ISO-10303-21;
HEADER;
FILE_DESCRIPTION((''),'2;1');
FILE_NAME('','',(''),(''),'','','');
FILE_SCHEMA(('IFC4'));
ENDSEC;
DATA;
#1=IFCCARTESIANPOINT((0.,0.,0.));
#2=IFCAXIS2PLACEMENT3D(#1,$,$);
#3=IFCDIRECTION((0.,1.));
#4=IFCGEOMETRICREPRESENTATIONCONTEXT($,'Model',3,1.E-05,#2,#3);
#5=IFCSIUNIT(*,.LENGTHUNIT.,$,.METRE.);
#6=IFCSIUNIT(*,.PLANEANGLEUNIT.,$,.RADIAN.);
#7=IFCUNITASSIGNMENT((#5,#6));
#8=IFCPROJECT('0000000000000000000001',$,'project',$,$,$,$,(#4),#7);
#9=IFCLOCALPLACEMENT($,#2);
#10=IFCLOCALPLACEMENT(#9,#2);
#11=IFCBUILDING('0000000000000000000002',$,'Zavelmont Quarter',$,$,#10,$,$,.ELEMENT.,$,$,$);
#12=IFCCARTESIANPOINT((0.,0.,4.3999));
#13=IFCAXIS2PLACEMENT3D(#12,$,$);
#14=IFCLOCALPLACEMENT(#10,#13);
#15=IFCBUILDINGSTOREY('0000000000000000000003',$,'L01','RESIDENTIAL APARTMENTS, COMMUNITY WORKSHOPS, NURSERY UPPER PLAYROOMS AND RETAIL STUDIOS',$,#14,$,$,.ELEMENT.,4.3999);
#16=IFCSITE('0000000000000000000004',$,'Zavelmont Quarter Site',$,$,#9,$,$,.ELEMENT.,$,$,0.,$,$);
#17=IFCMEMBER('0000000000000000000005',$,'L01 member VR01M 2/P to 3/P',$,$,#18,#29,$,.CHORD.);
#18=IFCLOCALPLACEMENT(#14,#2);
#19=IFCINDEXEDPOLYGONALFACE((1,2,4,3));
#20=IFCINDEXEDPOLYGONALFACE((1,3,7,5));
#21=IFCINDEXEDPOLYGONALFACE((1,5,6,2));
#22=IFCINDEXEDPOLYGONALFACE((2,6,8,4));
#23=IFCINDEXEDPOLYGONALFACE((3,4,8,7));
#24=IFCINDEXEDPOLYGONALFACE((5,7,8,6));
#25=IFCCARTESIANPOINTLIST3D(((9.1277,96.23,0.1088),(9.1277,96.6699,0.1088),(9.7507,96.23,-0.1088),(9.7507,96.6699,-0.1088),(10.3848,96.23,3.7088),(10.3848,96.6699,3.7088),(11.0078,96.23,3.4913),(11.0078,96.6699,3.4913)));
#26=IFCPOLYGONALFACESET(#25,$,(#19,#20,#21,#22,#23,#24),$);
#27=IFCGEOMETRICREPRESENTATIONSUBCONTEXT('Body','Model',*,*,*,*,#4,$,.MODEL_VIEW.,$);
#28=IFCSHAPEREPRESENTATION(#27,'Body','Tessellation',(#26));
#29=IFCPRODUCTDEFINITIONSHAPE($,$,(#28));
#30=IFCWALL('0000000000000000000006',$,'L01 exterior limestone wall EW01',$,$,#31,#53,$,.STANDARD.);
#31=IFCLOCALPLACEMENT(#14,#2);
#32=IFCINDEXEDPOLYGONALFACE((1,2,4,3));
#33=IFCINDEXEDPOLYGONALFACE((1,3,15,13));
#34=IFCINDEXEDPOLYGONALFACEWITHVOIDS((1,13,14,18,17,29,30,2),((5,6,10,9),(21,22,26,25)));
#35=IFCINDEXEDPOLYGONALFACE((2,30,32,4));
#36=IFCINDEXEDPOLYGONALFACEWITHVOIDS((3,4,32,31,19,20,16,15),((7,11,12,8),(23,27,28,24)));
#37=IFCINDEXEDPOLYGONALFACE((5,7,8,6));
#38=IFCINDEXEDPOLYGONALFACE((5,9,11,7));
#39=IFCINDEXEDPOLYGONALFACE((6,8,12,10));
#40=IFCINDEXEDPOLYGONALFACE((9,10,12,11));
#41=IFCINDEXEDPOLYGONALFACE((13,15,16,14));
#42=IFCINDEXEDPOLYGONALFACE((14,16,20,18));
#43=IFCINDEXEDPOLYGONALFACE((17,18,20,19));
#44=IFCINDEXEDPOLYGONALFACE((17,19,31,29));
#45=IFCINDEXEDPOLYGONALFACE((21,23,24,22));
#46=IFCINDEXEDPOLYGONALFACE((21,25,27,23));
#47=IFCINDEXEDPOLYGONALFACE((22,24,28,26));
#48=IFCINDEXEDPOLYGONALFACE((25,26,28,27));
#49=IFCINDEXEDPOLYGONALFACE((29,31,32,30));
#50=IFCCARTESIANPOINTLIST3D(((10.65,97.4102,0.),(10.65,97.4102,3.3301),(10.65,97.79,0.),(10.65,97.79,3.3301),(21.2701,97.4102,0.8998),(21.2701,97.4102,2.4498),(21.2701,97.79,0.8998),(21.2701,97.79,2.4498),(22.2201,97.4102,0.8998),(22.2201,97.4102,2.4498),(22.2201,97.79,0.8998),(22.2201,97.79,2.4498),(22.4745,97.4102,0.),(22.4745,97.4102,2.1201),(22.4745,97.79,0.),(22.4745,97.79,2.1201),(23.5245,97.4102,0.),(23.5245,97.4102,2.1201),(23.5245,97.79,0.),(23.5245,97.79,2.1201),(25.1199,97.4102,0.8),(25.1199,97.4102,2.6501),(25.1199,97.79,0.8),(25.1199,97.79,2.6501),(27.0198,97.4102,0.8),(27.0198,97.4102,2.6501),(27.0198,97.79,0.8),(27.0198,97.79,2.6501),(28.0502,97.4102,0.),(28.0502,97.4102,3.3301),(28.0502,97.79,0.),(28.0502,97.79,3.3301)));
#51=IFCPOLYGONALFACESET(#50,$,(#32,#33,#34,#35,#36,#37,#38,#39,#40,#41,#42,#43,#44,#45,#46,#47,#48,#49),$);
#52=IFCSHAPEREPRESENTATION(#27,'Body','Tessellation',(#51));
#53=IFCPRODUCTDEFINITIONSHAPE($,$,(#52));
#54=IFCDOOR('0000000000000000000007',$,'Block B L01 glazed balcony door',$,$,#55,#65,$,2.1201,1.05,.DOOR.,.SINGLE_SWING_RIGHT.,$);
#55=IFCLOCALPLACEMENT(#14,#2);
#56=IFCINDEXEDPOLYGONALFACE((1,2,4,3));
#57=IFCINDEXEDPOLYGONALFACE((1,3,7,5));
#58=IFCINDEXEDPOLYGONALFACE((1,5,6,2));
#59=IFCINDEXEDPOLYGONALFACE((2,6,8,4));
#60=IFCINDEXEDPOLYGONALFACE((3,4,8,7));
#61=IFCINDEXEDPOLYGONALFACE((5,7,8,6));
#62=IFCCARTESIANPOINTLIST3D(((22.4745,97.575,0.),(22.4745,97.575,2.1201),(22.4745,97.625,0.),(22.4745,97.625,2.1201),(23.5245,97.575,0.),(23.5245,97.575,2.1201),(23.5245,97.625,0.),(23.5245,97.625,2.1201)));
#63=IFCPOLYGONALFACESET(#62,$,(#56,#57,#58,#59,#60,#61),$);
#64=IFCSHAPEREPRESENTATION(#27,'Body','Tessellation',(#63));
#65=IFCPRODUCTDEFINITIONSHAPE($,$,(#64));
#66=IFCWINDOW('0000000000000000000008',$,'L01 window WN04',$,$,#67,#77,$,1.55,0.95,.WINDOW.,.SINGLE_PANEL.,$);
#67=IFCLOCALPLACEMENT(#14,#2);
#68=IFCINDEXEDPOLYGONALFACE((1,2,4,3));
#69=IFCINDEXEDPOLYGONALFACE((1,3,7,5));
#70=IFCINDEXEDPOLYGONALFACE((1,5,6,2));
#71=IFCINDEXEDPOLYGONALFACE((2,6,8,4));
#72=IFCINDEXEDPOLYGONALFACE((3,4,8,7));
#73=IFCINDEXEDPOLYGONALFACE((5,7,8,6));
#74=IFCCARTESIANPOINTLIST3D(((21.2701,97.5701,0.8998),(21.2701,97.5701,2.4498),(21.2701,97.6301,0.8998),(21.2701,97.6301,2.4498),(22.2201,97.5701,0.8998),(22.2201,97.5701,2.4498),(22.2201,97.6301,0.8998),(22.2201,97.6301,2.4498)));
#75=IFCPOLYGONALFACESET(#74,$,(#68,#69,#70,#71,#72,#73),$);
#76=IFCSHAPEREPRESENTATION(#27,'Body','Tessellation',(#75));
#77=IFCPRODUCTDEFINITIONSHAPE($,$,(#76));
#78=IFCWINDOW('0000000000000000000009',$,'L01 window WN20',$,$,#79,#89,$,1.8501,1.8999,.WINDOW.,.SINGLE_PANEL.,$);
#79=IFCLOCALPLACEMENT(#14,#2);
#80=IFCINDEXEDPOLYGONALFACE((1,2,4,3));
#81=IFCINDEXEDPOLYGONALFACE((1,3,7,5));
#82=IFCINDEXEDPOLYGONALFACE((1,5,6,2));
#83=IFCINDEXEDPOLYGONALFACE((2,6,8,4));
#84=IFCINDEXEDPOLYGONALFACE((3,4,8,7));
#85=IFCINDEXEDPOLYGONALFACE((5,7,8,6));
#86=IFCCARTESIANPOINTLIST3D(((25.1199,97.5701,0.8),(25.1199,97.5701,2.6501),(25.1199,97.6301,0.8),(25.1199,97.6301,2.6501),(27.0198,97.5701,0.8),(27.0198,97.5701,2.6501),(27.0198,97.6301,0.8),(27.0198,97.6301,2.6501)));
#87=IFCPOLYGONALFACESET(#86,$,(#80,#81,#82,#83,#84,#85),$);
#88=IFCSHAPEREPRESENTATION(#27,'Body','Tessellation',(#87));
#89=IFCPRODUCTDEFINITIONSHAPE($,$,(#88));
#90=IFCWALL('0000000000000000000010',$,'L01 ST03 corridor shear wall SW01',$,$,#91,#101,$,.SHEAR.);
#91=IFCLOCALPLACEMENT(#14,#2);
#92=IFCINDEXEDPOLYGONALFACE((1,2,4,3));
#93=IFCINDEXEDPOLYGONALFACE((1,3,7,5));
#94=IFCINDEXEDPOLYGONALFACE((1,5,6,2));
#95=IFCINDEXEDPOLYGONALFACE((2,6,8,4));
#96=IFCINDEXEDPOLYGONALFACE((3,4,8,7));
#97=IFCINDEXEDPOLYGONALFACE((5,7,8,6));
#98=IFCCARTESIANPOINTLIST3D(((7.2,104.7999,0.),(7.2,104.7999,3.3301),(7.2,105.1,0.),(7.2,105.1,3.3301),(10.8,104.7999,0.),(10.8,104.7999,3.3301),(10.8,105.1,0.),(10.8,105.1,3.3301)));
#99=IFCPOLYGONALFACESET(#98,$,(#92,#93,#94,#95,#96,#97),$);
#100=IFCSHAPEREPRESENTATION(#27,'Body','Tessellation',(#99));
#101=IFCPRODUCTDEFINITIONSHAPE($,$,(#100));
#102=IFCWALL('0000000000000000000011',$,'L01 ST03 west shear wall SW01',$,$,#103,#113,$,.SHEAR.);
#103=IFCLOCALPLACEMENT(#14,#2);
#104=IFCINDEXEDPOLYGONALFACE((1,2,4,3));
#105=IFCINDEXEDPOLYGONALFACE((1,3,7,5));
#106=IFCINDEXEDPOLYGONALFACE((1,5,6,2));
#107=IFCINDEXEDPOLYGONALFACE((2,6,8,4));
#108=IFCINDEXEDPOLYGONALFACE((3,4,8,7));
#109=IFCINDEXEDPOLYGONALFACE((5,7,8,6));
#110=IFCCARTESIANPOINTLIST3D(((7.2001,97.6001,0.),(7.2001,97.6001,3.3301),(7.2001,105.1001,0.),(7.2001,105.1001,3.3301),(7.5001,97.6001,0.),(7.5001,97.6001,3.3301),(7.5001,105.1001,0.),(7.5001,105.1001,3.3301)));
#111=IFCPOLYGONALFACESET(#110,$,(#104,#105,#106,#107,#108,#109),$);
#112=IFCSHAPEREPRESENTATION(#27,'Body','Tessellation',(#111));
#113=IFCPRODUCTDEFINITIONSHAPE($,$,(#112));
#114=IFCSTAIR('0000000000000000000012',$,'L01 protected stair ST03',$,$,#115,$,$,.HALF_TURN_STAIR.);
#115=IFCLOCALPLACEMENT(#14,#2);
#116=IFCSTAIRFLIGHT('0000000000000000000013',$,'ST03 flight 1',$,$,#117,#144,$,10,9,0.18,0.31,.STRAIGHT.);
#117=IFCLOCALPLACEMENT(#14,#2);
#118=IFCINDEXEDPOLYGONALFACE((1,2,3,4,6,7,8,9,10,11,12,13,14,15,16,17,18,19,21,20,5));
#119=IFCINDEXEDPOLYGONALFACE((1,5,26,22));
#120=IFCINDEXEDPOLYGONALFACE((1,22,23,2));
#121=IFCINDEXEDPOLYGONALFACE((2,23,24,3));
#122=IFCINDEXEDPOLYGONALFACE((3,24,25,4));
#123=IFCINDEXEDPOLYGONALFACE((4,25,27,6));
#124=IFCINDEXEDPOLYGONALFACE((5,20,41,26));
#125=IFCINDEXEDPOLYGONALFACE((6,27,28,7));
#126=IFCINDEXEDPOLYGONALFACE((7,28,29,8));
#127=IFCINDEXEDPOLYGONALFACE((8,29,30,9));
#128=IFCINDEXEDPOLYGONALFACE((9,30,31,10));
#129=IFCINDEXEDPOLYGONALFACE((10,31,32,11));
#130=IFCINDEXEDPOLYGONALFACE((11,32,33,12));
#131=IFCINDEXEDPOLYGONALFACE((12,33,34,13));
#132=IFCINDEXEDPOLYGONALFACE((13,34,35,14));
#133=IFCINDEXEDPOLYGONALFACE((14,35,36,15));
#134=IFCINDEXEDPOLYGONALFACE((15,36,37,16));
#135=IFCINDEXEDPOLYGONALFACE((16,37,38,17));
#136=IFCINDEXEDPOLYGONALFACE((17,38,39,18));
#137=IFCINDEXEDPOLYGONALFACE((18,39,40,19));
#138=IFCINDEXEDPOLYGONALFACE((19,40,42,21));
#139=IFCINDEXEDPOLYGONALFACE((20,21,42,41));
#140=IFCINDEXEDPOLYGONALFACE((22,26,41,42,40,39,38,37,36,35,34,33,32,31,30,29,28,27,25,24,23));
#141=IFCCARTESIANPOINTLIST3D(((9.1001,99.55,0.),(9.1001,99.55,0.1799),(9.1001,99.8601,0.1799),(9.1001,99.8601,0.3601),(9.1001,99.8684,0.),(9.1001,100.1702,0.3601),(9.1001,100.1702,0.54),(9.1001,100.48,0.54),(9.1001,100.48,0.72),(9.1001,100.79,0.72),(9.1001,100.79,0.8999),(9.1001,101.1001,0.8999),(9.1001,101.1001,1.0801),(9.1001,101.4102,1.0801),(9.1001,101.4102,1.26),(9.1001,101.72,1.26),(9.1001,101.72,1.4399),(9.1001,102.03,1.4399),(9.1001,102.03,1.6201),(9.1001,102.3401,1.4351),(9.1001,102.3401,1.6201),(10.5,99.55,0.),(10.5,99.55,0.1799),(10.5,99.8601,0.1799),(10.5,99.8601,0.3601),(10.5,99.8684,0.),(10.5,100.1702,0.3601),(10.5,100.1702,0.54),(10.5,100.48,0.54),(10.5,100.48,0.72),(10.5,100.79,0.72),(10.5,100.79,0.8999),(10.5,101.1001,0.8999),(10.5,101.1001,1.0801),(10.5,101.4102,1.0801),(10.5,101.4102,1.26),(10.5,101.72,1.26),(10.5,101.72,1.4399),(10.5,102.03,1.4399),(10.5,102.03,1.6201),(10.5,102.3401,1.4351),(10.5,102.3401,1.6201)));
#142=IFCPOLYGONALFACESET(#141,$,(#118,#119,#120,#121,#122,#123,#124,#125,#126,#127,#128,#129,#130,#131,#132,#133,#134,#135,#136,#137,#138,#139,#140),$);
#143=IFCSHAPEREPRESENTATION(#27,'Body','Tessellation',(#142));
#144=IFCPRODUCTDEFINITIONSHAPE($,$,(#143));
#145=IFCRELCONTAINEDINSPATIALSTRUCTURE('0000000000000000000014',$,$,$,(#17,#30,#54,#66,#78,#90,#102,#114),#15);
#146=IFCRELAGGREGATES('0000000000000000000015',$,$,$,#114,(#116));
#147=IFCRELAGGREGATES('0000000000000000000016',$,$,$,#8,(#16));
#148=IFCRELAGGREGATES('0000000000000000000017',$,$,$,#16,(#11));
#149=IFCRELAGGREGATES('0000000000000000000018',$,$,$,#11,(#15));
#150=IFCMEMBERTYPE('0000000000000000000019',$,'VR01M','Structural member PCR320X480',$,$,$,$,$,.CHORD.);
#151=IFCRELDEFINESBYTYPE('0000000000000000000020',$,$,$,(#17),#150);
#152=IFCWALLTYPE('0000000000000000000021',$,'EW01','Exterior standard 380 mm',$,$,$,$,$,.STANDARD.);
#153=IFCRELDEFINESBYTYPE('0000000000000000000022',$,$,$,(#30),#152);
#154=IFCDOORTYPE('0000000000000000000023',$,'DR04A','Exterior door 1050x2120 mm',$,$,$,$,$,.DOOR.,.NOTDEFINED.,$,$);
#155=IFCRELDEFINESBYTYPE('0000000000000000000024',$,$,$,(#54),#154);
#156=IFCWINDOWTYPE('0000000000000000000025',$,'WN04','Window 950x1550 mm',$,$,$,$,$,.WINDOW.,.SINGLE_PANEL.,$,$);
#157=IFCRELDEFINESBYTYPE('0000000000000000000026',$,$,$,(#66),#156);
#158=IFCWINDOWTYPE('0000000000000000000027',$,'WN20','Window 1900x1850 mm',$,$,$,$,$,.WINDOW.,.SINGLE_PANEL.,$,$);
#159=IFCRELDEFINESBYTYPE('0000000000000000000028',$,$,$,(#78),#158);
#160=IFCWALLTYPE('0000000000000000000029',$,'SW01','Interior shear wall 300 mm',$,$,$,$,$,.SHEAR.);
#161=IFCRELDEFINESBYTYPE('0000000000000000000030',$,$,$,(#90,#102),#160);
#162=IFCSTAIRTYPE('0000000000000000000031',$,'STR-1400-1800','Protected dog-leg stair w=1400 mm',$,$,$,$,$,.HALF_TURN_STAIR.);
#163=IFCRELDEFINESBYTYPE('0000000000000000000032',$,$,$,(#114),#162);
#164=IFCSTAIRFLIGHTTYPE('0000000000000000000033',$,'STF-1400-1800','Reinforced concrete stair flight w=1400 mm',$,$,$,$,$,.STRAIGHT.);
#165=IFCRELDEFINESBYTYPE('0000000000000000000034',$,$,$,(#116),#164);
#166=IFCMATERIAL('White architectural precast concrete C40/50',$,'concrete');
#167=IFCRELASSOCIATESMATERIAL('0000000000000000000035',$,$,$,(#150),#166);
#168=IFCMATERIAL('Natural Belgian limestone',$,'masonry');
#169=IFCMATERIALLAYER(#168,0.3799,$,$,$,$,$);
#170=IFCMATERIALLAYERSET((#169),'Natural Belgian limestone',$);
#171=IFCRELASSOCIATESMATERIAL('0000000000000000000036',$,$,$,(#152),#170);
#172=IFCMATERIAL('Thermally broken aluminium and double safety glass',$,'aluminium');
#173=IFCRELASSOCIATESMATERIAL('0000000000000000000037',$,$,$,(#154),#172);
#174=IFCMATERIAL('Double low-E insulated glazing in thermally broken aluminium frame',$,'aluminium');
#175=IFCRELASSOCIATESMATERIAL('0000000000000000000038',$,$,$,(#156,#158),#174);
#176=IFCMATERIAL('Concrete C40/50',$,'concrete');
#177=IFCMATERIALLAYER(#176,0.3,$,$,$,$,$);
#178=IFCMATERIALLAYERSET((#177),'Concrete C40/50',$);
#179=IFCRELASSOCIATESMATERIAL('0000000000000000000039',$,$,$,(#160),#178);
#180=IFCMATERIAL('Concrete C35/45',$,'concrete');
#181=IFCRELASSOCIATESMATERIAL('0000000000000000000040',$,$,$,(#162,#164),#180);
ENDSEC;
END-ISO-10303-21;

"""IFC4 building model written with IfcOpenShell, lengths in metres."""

from ifc_helpers import new_model, si_unit, direction, frame, frame_2d, origin, origin_with_axes, origin_2d, place, context, subcontext, project, spatial, polyline, rectangle, outline, extrude, material, layer, layer_set, material_profile, profile_set, type_object, element, fill, aggregate, save


model = new_model("IFC4")

# Units and contexts
model_context = context("Model", 3, precision=1e-05, world=origin(), true_north=direction((0.0, 1.0)))
body_context = subcontext(model_context, "Body", "Model", "MODEL_VIEW")
ifc_project = project(units=[si_unit("LENGTHUNIT", "METRE"), si_unit("PLANEANGLEUNIT", "RADIAN")], contexts=[model_context])

# Site, building, storey
site_placement = place(None, origin())
site = spatial("IfcSite", under=ifc_project, at=site_placement, Name="Zavelmont Quarter Site", CompositionType="ELEMENT", RefElevation=0.0)
building_placement = place(site_placement, origin())
building = spatial("IfcBuilding", under=site, at=building_placement, Name="Zavelmont Quarter", CompositionType="ELEMENT")
storey_placement = place(building_placement, frame((0.0, 0.0, 4.3999)))
storey = spatial("IfcBuildingStorey", under=building, at=storey_placement, Name="L01", Description="RESIDENTIAL APARTMENTS, COMMUNITY WORKSHOPS, NURSERY UPPER PLAYROOMS AND RETAIL STUDIOS", CompositionType="ELEMENT", Elevation=4.3999)

# Member
ifc_material_1 = material(Name="White architectural precast concrete C40/50", Category="concrete")
ifc_material_profile = material_profile(ifc_material_1, rectangle(XDim=0.4399, YDim=0.6599, at=origin_2d()), Name="PCR320X480")
ifc_profile_set = profile_set([ifc_material_profile], Name="White architectural precast concrete C40/50")
member_type = type_object("IfcMemberType", Name="VR01M", Description="Structural member PCR320X480", PredefinedType="CHORD", material=ifc_profile_set)
member_placement = place(storey_placement, frame((9.4392, 96.45, 0.0), z_axis=(0.32966, 0.0, 0.9441), x_axis=(0.0, 1.0, 0.0)))
element("IfcMember", 1, at=member_placement, inside=storey, type_object=member_type, Name="L01 member VR01M 2/P to 3/P", PredefinedType="CHORD", context=body_context, shape_type="SweptSolid", body=[
    extrude(rectangle(XDim=0.4399, YDim=0.6599, at=origin_2d()), origin(), (0.0, 0.0, 1.0), 3.8132),
])

# Wall, openings, door, windows
ifc_material_2 = material(Name="Natural Belgian limestone", Category="masonry")
ifc_layer_1 = layer(ifc_material_2, 0.3799)
ifc_layer_set_1 = layer_set([ifc_layer_1], Name="Natural Belgian limestone")
wall_type_1 = type_object("IfcWallType", Name="EW01", Description="Exterior standard 380 mm", PredefinedType="STANDARD", material=ifc_layer_set_1)
wall_1_placement = place(storey_placement, frame((10.6499, 97.6001, 0.0), z_axis=(0.0, 0.0, 1.0), x_axis=(1.0, 0.0, 0.0)))
wall_1 = element("IfcWall", 2, at=wall_1_placement, inside=storey, type_object=wall_type_1, Name="L01 exterior limestone wall EW01", PredefinedType="STANDARD", context=body_context, shape_type="SweptSolid", body=[
    extrude(rectangle(XDim=17.4001, YDim=0.3799, at=frame_2d((8.7002, 0.0))), origin(), (0.0, 0.0, 1.0), 3.3301),
])
opening_1_placement = place(wall_1_placement, frame((11.8247, 0.0, 0.0)))
opening_1 = element("IfcOpeningElement", 3, at=opening_1_placement, cuts=wall_1, PredefinedType="OPENING", context=body_context, shape_type="SweptSolid", body=[
    extrude(rectangle(XDim=1.05, YDim=2.1201, at=frame_2d((0.5249, 1.0601))), frame((0.0, 0.2019, 0.0), z_axis=(0.0, -1.0, 0.0), x_axis=(1.0, 0.0, 0.0)), (0.0, 0.0, 1.0), 0.4038),
])
opening_2_placement = place(wall_1_placement, frame((10.6201, 0.0, 0.8999)))
opening_2 = element("IfcOpeningElement", 4, at=opening_2_placement, cuts=wall_1, PredefinedType="OPENING", context=body_context, shape_type="SweptSolid", body=[
    extrude(rectangle(XDim=0.95, YDim=1.55, at=frame_2d((0.4751, 0.7749))), frame((0.0, 0.2019, 0.0), z_axis=(0.0, -1.0, 0.0), x_axis=(1.0, 0.0, 0.0)), (0.0, 0.0, 1.0), 0.4038),
])
opening_3_placement = place(wall_1_placement, frame((14.47, 0.0, 0.8)))
opening_3 = element("IfcOpeningElement", 5, at=opening_3_placement, cuts=wall_1, PredefinedType="OPENING", context=body_context, shape_type="SweptSolid", body=[
    extrude(rectangle(XDim=1.8999, YDim=1.8501, at=frame_2d((0.95, 0.925))), frame((0.0, 0.2019, 0.0), z_axis=(0.0, -1.0, 0.0), x_axis=(1.0, 0.0, 0.0)), (0.0, 0.0, 1.0), 0.4038),
])
ifc_material_3 = material(Name="Thermally broken aluminium and double safety glass", Category="aluminium")
door_type = type_object("IfcDoorType", Name="DR04A", Description="Exterior door 1050x2120 mm", OperationType="NOTDEFINED", PredefinedType="DOOR", material=ifc_material_3)
door_placement = place(opening_1_placement, origin_with_axes())
door = element("IfcDoor", 6, at=door_placement, inside=storey, type_object=door_type, Name="Block B L01 glazed balcony door", OperationType="SINGLE_SWING_RIGHT", OverallHeight=2.1201, OverallWidth=1.05, PredefinedType="DOOR", context=body_context, shape_type="SweptSolid", body=[
    extrude(rectangle(XDim=1.05, YDim=2.1201, at=frame_2d((0.5249, 1.0601))), frame((0.0, 0.0249, 0.0), z_axis=(0.0, -1.0, 0.0), x_axis=(1.0, 0.0, 0.0)), (0.0, 0.0, 1.0), 0.05),
])
fill(opening_1, door)
ifc_material_4 = material(Name="Double low-E insulated glazing in thermally broken aluminium frame", Category="aluminium")
window_type_1 = type_object("IfcWindowType", Name="WN04", Description="Window 950x1550 mm", PartitioningType="SINGLE_PANEL", PredefinedType="WINDOW", material=ifc_material_4)
window_1_placement = place(opening_2_placement, origin_with_axes())
window_1 = element("IfcWindow", 7, at=window_1_placement, inside=storey, type_object=window_type_1, Name="L01 window WN04", OverallHeight=1.55, OverallWidth=0.95, PartitioningType="SINGLE_PANEL", PredefinedType="WINDOW", context=body_context, shape_type="SweptSolid", body=[
    extrude(rectangle(XDim=0.95, YDim=1.55, at=frame_2d((0.4751, 0.7749))), frame((0.0, 0.03, 0.0), z_axis=(0.0, -1.0, 0.0), x_axis=(1.0, 0.0, 0.0)), (0.0, 0.0, 1.0), 0.0601),
])
fill(opening_2, window_1)
window_type_2 = type_object("IfcWindowType", Name="WN20", Description="Window 1900x1850 mm", PartitioningType="SINGLE_PANEL", PredefinedType="WINDOW", material=ifc_material_4)
window_2_placement = place(opening_3_placement, origin_with_axes())
window_2 = element("IfcWindow", 8, at=window_2_placement, inside=storey, type_object=window_type_2, Name="L01 window WN20", OverallHeight=1.8501, OverallWidth=1.8999, PartitioningType="SINGLE_PANEL", PredefinedType="WINDOW", context=body_context, shape_type="SweptSolid", body=[
    extrude(rectangle(XDim=1.8999, YDim=1.8501, at=frame_2d((0.95, 0.925))), frame((0.0, 0.03, 0.0), z_axis=(0.0, -1.0, 0.0), x_axis=(1.0, 0.0, 0.0)), (0.0, 0.0, 1.0), 0.0601),
])
fill(opening_3, window_2)

# Walls
ifc_material_5 = material(Name="Concrete C40/50", Category="concrete")
ifc_layer_2 = layer(ifc_material_5, 0.3)
ifc_layer_set_2 = layer_set([ifc_layer_2], Name="Concrete C40/50")
wall_type_2 = type_object("IfcWallType", Name="SW01", Description="Interior shear wall 300 mm", PredefinedType="SHEAR", material=ifc_layer_set_2)
wall_2_placement = place(storey_placement, frame((7.2, 104.95, 0.0), z_axis=(0.0, 0.0, 1.0), x_axis=(1.0, 0.0, 0.0)))
element("IfcWall", 9, at=wall_2_placement, inside=storey, type_object=wall_type_2, Name="L01 ST03 corridor shear wall SW01", PredefinedType="SHEAR", context=body_context, shape_type="SweptSolid", body=[
    extrude(rectangle(XDim=3.6001, YDim=0.3, at=frame_2d((1.8, 0.0))), origin(), (0.0, 0.0, 1.0), 3.3301),
])
wall_3_placement = place(storey_placement, frame((7.3501, 97.6001, 0.0), z_axis=(0.0, 0.0, 1.0), x_axis=(0.0, 1.0, 0.0)))
element("IfcWall", 10, at=wall_3_placement, inside=storey, type_object=wall_type_2, Name="L01 ST03 west shear wall SW01", PredefinedType="SHEAR", context=body_context, shape_type="SweptSolid", body=[
    extrude(rectangle(XDim=7.5, YDim=0.3, at=frame_2d((3.75, 0.0))), origin(), (0.0, 0.0, 1.0), 3.3301),
])

# Stair, stair flight
ifc_material_6 = material(Name="Concrete C35/45", Category="concrete")
stair_type = type_object("IfcStairType", Name="STR-1400-1800", Description="Protected dog-leg stair w=1400 mm", PredefinedType="HALF_TURN_STAIR", material=ifc_material_6)
stair_placement = place(storey_placement, origin())
stair = element("IfcStair", 11, at=stair_placement, inside=storey, type_object=stair_type, Name="L01 protected stair ST03", PredefinedType="HALF_TURN_STAIR")
stair_flight_type = type_object("IfcStairFlightType", Name="STF-1400-1800", Description="Reinforced concrete stair flight w=1400 mm", PredefinedType="STRAIGHT", material=ifc_material_6)
stair_flight_1_placement = place(storey_placement, frame((9.8, 99.55, 0.0), z_axis=(0.0, 0.0, 1.0), x_axis=(0.0, 1.0, 0.0)))
stair_flight_1 = element("IfcStairFlight", 12, at=stair_flight_1_placement, type_object=stair_flight_type, Name="ST03 flight 1", NumberOfRisers=10, NumberOfTreads=9, PredefinedType="STRAIGHT", RiserHeight=0.18, TreadLength=0.31, context=body_context, shape_type="SweptSolid", body=[
    extrude(outline(polyline([(0.0, 0.0), (0.0, 0.1799), (0.3101, 0.1799), (0.3101, 0.3601), (0.6201, 0.3601), (0.6201, 0.54), (0.9299, 0.54), (0.9299, 0.72), (1.24, 0.72), (1.24, 0.8999), (1.55, 0.8999), (1.55, 1.0801), (1.8601, 1.0801), (1.8601, 1.26), (2.1699, 1.26), (2.1699, 1.4399), (2.48, 1.4399), (2.48, 1.6201), (2.79, 1.6201), (2.79, 1.8), (2.79, 1.4351), (0.3184, 0.0), (0.0, 0.0)])), frame((0.0, 0.7, 0.0), z_axis=(0.0, -1.0, 0.0), x_axis=(1.0, 0.0, 0.0)), (0.0, 0.0, 1.0), 1.3999),
])
aggregate(stair, [stair_flight_1])

save(model, "model.ifc")
